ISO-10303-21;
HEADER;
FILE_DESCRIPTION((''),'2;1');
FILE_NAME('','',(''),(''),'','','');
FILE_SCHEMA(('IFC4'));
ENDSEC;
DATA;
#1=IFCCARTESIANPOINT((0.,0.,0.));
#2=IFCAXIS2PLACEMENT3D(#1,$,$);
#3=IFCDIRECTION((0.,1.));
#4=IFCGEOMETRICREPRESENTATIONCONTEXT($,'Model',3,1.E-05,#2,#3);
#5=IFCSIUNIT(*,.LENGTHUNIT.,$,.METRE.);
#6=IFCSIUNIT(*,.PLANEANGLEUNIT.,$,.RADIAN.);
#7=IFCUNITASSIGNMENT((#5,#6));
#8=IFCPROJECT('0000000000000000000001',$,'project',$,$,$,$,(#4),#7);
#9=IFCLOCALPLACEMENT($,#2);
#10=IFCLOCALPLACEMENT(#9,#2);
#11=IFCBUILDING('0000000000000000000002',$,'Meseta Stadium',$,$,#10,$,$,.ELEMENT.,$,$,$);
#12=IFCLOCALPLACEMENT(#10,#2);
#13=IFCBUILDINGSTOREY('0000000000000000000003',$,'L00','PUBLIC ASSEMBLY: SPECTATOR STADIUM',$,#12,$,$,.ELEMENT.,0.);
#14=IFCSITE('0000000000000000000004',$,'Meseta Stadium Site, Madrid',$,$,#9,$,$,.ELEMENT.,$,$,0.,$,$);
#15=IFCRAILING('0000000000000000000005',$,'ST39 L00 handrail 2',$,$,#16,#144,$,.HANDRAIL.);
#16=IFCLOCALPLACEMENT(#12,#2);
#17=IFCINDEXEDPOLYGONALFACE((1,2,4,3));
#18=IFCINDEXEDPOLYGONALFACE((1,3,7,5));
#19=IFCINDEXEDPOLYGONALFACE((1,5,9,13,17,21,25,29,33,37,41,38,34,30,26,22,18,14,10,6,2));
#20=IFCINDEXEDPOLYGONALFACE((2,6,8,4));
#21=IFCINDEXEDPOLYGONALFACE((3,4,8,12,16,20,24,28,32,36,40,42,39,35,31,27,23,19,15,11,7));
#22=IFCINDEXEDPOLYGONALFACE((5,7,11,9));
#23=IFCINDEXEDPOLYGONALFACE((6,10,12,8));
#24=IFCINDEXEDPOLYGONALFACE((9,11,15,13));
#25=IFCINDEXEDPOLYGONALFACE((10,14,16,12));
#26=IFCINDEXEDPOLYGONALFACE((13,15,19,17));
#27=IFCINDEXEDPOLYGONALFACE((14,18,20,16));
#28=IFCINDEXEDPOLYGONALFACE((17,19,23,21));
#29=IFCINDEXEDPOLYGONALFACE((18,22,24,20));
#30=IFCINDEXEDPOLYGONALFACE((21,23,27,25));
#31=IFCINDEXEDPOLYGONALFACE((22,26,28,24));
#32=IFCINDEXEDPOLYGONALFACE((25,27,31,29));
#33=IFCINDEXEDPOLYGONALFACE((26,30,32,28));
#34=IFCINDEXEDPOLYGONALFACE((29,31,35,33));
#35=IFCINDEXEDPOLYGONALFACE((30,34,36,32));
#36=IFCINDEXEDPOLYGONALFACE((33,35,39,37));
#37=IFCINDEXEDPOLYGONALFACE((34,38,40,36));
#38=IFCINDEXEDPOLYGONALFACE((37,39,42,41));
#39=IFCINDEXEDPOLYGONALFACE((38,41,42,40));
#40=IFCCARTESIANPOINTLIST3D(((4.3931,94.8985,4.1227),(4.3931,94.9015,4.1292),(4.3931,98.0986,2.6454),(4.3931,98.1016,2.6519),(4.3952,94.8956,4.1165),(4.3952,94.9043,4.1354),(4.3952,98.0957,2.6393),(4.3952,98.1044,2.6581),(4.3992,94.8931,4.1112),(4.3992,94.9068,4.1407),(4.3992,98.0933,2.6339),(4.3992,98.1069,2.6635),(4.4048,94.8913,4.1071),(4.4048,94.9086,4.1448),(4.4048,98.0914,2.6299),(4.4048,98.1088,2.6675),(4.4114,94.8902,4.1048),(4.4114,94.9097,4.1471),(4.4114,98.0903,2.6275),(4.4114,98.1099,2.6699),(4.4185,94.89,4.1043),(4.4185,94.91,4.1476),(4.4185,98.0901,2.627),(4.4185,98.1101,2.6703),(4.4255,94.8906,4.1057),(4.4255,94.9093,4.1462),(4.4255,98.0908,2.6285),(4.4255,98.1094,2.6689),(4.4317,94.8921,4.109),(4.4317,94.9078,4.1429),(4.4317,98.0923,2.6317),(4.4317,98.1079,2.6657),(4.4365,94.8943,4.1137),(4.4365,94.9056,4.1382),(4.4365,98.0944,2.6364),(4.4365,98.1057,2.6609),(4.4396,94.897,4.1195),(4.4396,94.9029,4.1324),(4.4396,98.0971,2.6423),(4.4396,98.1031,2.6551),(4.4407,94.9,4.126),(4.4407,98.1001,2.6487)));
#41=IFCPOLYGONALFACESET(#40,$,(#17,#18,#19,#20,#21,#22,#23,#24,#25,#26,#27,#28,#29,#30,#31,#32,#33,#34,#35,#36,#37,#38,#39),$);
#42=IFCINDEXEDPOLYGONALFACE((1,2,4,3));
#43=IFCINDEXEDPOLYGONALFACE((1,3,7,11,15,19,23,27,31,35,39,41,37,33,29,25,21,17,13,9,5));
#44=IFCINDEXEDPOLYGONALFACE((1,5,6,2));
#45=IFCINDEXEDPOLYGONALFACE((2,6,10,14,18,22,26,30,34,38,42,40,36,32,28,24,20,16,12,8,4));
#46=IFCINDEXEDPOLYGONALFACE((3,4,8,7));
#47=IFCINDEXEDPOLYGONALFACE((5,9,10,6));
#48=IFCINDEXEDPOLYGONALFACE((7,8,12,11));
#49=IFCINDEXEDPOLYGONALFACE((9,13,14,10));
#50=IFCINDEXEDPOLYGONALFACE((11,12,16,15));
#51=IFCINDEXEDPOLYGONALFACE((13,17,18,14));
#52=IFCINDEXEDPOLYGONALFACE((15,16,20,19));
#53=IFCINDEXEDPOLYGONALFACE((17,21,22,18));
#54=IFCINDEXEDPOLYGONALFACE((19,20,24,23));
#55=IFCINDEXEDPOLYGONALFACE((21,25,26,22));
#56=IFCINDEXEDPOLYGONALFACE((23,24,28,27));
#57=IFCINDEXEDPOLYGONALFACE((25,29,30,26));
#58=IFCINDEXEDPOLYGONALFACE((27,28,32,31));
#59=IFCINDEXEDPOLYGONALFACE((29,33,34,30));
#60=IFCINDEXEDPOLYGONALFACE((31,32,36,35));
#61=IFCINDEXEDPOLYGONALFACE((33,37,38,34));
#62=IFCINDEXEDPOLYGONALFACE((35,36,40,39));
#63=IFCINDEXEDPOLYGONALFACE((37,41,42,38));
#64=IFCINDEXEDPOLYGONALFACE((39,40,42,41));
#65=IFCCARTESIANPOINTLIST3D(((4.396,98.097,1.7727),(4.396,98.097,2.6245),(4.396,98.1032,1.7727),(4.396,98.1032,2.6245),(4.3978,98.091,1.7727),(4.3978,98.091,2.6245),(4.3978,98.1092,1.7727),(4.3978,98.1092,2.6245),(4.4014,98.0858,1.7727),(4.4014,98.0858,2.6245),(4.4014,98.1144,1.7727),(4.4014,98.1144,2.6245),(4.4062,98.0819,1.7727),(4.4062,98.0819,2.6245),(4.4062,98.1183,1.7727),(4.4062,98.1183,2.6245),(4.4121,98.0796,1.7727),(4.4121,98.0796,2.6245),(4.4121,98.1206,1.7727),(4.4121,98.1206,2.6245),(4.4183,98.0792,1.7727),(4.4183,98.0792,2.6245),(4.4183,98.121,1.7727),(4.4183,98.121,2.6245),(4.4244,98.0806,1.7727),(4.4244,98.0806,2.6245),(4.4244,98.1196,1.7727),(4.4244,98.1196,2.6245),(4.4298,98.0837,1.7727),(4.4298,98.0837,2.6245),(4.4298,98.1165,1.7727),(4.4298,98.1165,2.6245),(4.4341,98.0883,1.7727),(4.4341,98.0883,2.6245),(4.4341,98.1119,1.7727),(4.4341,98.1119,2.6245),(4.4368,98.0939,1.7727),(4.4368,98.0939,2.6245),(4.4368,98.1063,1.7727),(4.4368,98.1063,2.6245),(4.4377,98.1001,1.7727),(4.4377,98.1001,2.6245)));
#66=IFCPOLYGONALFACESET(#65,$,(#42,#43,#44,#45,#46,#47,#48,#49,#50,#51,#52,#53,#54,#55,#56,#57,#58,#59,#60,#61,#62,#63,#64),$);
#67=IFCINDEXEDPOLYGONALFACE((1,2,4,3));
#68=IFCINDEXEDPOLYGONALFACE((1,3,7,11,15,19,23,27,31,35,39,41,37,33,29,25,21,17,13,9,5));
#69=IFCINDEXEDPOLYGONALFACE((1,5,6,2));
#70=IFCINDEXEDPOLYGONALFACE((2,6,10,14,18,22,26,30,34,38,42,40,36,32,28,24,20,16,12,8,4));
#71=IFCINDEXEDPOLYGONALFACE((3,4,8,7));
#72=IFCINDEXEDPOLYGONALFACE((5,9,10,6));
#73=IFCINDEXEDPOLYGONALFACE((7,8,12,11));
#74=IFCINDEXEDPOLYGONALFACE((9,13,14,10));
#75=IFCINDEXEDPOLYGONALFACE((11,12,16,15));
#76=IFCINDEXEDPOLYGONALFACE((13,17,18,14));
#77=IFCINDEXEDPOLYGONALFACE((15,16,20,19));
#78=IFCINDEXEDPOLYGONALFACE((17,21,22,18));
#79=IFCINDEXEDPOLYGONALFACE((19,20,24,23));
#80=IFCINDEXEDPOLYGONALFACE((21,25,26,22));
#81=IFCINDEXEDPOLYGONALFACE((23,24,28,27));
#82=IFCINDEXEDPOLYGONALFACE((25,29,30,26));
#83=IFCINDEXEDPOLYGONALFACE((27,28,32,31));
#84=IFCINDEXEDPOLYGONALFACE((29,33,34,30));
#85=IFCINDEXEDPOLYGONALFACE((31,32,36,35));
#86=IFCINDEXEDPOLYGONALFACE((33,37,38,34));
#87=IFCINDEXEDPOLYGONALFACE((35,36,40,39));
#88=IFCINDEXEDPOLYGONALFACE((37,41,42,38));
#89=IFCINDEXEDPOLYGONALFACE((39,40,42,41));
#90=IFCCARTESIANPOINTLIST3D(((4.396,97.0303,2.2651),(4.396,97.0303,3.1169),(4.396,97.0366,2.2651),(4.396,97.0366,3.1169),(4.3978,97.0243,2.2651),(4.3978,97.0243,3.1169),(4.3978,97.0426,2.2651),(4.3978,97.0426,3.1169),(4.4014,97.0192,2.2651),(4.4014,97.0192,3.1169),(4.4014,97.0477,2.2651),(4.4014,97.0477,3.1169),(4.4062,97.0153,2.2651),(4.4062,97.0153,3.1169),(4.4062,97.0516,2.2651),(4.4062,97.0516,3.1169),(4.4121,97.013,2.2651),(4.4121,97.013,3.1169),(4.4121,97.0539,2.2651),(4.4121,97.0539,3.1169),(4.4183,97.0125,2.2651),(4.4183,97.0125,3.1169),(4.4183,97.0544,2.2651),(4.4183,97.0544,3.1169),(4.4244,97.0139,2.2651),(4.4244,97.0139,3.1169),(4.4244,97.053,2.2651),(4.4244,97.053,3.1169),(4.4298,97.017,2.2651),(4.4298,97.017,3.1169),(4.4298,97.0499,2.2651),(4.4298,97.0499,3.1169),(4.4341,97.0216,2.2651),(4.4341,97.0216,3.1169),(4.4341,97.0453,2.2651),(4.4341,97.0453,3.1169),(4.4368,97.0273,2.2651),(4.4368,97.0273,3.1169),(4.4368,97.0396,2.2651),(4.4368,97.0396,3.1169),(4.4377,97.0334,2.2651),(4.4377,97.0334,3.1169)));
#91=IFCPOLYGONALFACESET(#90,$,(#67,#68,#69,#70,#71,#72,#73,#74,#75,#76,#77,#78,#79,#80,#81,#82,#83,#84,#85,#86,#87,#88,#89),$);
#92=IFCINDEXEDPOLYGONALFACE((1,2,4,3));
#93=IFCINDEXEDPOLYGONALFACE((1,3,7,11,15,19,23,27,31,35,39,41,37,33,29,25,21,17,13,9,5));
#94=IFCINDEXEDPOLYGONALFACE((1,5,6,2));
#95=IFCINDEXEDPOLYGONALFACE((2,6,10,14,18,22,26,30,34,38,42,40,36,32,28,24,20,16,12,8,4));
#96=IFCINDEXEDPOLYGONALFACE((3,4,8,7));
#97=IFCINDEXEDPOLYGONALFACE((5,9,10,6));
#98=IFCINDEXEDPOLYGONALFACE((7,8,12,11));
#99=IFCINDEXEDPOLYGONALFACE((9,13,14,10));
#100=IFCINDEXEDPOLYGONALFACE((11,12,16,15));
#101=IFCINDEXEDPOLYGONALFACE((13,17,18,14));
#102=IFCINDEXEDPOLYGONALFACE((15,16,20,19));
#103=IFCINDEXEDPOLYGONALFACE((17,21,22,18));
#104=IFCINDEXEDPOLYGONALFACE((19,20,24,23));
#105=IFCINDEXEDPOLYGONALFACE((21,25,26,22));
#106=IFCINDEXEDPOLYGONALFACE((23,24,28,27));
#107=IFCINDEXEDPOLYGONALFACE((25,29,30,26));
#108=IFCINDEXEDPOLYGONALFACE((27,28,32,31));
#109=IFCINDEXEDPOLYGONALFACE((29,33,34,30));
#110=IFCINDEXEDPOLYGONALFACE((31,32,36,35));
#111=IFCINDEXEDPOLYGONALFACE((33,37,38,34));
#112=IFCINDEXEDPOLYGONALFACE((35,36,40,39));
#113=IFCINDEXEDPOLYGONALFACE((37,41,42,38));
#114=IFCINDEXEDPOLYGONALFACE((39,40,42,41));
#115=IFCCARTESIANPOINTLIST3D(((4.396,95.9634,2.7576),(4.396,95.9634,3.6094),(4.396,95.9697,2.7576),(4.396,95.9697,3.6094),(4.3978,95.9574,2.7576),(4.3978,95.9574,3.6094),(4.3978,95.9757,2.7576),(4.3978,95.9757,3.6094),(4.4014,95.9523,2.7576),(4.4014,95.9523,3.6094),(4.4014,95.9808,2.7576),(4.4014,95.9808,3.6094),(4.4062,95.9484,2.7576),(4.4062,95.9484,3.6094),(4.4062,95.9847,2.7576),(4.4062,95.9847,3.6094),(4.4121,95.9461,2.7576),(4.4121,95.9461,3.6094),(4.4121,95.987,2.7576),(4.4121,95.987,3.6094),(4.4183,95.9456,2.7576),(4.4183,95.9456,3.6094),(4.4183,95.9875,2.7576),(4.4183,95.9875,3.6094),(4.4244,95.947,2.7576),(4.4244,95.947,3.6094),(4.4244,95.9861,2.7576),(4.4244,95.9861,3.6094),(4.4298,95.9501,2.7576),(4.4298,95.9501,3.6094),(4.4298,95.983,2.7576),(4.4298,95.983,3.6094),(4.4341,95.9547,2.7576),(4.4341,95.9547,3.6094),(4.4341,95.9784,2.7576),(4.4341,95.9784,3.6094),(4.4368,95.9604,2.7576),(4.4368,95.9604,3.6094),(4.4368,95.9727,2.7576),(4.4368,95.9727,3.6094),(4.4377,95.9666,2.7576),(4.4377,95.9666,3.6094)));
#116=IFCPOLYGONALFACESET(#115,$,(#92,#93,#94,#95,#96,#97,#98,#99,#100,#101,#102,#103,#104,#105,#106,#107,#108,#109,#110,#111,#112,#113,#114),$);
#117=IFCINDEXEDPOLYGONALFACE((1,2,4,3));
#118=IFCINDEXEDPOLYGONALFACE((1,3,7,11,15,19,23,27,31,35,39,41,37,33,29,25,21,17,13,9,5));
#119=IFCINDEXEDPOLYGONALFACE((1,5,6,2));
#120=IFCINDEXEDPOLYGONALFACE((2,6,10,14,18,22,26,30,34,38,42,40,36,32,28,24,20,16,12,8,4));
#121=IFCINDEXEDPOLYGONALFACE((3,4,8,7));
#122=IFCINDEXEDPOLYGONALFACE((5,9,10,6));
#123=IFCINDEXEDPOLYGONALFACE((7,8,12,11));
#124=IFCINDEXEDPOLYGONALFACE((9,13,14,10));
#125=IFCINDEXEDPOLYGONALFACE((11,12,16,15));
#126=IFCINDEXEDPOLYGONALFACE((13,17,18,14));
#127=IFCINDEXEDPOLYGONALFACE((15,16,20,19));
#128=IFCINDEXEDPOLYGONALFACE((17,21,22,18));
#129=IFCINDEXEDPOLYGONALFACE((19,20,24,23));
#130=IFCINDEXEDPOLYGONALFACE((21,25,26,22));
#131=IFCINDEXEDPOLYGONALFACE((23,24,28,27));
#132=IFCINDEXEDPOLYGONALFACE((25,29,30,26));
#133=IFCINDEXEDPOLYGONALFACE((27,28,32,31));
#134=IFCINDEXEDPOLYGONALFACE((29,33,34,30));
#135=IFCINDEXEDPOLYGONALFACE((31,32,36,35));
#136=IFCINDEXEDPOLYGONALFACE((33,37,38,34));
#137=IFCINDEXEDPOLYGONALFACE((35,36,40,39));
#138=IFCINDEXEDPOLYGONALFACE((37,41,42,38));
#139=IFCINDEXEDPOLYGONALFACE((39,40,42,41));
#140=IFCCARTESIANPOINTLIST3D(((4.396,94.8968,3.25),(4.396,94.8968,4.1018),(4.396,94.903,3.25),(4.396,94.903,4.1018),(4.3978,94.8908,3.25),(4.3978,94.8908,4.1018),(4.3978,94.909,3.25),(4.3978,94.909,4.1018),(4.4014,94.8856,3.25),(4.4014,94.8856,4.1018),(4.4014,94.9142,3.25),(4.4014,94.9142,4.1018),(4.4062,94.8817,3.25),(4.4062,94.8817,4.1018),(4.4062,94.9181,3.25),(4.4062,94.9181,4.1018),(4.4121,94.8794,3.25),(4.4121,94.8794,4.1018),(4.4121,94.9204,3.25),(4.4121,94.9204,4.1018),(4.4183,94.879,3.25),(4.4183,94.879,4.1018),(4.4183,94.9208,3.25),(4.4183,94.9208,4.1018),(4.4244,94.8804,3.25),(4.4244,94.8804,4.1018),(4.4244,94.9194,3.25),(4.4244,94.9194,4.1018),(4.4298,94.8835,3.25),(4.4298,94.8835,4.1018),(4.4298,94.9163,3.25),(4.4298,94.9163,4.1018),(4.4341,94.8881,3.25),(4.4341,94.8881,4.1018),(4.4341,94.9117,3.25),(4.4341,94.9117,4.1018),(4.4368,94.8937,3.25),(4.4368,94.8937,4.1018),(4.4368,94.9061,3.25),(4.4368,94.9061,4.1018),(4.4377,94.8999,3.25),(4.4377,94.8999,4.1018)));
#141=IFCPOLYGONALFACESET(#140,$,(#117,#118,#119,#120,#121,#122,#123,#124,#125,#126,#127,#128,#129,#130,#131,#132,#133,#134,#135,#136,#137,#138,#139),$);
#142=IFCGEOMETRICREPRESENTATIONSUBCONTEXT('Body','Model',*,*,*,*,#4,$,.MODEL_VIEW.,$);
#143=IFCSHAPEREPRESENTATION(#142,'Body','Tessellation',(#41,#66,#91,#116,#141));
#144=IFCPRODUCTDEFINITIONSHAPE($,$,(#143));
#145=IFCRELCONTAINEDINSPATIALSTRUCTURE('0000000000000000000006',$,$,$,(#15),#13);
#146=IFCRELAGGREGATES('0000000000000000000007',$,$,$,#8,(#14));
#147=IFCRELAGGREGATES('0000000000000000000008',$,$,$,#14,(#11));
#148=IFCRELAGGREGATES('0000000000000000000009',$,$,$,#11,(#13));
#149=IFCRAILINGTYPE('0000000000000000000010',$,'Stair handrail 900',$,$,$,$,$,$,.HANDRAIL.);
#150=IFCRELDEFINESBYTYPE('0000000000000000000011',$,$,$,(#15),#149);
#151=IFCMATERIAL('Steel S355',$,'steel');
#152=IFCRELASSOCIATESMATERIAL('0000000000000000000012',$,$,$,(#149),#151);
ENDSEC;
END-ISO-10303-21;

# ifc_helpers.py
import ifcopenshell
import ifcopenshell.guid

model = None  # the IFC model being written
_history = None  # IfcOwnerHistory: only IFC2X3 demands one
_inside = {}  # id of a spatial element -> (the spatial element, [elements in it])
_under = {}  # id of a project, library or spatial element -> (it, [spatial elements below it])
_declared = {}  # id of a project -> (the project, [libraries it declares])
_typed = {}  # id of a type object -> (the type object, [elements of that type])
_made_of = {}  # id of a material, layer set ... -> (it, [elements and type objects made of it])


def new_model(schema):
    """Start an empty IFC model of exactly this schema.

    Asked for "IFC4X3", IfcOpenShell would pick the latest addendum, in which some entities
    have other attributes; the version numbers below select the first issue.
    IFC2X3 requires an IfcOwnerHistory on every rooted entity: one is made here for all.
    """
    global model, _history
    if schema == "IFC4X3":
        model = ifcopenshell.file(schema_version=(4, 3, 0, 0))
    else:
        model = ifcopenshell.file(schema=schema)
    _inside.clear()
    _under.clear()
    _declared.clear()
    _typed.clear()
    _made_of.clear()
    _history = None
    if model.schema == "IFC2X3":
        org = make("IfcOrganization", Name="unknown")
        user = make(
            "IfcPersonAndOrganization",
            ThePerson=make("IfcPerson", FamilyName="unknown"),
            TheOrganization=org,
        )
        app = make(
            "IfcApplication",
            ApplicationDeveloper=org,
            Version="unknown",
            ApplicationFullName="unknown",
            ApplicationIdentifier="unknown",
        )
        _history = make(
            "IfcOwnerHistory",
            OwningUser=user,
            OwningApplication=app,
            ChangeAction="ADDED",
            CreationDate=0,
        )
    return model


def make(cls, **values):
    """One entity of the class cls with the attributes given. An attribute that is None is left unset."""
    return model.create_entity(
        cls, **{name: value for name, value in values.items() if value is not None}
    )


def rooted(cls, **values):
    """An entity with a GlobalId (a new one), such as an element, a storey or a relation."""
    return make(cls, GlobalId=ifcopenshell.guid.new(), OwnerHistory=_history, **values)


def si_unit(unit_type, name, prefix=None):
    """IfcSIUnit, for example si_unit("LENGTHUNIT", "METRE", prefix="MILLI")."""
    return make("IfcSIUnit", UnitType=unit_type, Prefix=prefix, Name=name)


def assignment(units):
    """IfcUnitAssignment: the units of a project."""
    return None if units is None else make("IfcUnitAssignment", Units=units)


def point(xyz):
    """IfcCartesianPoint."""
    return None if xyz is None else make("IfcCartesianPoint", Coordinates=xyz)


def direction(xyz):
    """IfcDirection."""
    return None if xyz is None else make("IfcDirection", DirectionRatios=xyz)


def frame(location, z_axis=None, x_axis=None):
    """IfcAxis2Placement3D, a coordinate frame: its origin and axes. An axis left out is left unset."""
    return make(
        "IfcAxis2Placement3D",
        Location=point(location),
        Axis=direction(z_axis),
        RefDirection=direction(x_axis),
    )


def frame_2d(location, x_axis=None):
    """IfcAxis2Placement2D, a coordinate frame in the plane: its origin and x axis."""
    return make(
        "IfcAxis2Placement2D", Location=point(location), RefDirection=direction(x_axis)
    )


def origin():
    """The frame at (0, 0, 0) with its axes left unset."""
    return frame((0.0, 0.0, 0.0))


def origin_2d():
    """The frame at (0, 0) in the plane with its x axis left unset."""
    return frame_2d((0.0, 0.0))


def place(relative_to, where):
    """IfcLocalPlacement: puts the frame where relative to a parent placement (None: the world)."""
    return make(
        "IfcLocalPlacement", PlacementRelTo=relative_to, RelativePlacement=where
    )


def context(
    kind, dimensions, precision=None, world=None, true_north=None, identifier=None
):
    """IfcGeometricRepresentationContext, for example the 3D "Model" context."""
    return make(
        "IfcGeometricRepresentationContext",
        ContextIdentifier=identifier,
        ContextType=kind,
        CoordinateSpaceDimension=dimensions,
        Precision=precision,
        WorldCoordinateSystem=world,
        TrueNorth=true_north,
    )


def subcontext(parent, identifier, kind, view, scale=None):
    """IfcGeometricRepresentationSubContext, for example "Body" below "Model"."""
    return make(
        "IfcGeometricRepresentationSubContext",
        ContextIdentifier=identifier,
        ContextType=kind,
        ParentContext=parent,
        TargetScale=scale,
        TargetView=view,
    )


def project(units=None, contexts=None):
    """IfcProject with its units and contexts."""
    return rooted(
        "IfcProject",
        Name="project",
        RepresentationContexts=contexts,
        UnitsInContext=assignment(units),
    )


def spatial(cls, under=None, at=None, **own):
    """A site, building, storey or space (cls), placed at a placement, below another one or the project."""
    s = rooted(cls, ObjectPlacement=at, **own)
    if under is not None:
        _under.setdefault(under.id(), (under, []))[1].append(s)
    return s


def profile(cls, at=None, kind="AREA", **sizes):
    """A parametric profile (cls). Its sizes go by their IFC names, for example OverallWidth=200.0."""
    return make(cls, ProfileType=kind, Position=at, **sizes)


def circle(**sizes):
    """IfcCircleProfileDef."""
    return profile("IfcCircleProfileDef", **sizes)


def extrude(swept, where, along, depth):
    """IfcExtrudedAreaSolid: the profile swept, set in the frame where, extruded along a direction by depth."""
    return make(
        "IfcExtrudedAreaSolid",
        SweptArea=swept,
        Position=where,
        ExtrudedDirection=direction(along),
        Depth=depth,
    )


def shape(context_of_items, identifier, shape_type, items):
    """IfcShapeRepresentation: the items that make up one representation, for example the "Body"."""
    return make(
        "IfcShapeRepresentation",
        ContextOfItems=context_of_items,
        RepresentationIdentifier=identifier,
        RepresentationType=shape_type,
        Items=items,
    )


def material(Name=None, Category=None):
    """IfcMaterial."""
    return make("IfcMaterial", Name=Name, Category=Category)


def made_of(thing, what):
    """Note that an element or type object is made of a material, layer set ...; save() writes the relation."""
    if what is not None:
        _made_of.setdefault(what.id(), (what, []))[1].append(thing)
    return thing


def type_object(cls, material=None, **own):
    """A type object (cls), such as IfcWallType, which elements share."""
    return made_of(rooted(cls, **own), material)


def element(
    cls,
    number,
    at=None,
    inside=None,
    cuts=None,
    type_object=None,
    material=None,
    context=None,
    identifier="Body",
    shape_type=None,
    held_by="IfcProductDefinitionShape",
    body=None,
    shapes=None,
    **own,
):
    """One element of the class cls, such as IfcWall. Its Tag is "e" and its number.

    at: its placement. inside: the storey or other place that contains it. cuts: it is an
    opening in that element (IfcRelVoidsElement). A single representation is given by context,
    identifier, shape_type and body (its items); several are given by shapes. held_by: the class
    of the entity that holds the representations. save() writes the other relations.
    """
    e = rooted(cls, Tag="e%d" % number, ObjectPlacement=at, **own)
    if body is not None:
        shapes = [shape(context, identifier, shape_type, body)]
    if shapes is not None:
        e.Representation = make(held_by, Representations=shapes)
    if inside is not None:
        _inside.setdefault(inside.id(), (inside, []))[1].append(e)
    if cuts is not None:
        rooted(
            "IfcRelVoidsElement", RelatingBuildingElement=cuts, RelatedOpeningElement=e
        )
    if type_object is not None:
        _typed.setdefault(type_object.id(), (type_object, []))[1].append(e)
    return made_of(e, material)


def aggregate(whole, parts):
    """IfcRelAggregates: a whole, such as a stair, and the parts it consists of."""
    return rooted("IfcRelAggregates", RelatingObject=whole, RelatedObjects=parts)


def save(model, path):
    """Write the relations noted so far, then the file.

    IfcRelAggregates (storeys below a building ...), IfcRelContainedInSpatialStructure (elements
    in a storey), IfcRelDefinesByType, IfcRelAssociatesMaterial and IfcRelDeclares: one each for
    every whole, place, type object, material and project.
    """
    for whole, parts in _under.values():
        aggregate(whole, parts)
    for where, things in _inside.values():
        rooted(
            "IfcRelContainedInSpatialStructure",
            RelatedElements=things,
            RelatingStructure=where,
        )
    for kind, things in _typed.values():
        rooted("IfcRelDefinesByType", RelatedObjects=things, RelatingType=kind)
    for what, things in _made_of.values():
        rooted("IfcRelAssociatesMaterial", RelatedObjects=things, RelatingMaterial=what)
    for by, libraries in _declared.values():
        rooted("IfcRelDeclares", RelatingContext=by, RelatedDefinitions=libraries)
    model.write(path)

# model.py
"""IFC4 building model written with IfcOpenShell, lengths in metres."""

from ifc_helpers import new_model, si_unit, direction, frame, origin, origin_2d, place, context, subcontext, project, spatial, circle, extrude, material, type_object, element, save


model = new_model("IFC4")

# Units and contexts
model_context = context("Model", 3, precision=1e-05, world=origin(), true_north=direction((0.0, 1.0)))
body_context = subcontext(model_context, "Body", "Model", "MODEL_VIEW")
ifc_project = project(units=[si_unit("LENGTHUNIT", "METRE"), si_unit("PLANEANGLEUNIT", "RADIAN")], contexts=[model_context])

# Site, building, storey
site_placement = place(None, origin())
site = spatial("IfcSite", under=ifc_project, at=site_placement, Name="Meseta Stadium Site, Madrid", CompositionType="ELEMENT", RefElevation=0.0)
building_placement = place(site_placement, origin())
building = spatial("IfcBuilding", under=site, at=building_placement, Name="Meseta Stadium", CompositionType="ELEMENT")
storey_placement = place(building_placement, origin())
storey = spatial("IfcBuildingStorey", under=building, at=storey_placement, Name="L00", Description="PUBLIC ASSEMBLY: SPECTATOR STADIUM", CompositionType="ELEMENT", Elevation=0.0)

# Railing
ifc_material_1 = material(Name="Steel S355", Category="steel")
railing_type_1 = type_object("IfcRailingType", Name="Stair handrail 900", PredefinedType="HANDRAIL", material=ifc_material_1)
for number, where, name in (
    (1, (4.4167, 98.1001, 1.7727), "ST39 L00 handrail 2"),
):
    element("IfcRailing", number, at=place(storey_placement, frame(where)), inside=storey, type_object=railing_type_1, Name=name, PredefinedType="HANDRAIL", context=body_context, shape_type="SweptSolid", body=[
        extrude(circle(Radius=0.0239, at=origin_2d()), frame((0.0, 0.0, 0.876), z_axis=(0.0, -0.907929, 0.419124), x_axis=(1.0, 0.0, 0.0)), (0.0, 0.0, 1.0), 3.5247),
        extrude(circle(Radius=0.021, at=origin_2d()), origin(), (0.0, 0.0, 1.0), 0.8518),
        extrude(circle(Radius=0.021, at=origin_2d()), frame((0.0, -1.0667, 0.4924)), (0.0, 0.0, 1.0), 0.8518),
        extrude(circle(Radius=0.021, at=origin_2d()), frame((0.0, -2.1335, 0.9849)), (0.0, 0.0, 1.0), 0.8518),
        extrude(circle(Radius=0.021, at=origin_2d()), frame((0.0, -3.2002, 1.4773)), (0.0, 0.0, 1.0), 0.8518),
    ])

save(model, "model.ifc")
